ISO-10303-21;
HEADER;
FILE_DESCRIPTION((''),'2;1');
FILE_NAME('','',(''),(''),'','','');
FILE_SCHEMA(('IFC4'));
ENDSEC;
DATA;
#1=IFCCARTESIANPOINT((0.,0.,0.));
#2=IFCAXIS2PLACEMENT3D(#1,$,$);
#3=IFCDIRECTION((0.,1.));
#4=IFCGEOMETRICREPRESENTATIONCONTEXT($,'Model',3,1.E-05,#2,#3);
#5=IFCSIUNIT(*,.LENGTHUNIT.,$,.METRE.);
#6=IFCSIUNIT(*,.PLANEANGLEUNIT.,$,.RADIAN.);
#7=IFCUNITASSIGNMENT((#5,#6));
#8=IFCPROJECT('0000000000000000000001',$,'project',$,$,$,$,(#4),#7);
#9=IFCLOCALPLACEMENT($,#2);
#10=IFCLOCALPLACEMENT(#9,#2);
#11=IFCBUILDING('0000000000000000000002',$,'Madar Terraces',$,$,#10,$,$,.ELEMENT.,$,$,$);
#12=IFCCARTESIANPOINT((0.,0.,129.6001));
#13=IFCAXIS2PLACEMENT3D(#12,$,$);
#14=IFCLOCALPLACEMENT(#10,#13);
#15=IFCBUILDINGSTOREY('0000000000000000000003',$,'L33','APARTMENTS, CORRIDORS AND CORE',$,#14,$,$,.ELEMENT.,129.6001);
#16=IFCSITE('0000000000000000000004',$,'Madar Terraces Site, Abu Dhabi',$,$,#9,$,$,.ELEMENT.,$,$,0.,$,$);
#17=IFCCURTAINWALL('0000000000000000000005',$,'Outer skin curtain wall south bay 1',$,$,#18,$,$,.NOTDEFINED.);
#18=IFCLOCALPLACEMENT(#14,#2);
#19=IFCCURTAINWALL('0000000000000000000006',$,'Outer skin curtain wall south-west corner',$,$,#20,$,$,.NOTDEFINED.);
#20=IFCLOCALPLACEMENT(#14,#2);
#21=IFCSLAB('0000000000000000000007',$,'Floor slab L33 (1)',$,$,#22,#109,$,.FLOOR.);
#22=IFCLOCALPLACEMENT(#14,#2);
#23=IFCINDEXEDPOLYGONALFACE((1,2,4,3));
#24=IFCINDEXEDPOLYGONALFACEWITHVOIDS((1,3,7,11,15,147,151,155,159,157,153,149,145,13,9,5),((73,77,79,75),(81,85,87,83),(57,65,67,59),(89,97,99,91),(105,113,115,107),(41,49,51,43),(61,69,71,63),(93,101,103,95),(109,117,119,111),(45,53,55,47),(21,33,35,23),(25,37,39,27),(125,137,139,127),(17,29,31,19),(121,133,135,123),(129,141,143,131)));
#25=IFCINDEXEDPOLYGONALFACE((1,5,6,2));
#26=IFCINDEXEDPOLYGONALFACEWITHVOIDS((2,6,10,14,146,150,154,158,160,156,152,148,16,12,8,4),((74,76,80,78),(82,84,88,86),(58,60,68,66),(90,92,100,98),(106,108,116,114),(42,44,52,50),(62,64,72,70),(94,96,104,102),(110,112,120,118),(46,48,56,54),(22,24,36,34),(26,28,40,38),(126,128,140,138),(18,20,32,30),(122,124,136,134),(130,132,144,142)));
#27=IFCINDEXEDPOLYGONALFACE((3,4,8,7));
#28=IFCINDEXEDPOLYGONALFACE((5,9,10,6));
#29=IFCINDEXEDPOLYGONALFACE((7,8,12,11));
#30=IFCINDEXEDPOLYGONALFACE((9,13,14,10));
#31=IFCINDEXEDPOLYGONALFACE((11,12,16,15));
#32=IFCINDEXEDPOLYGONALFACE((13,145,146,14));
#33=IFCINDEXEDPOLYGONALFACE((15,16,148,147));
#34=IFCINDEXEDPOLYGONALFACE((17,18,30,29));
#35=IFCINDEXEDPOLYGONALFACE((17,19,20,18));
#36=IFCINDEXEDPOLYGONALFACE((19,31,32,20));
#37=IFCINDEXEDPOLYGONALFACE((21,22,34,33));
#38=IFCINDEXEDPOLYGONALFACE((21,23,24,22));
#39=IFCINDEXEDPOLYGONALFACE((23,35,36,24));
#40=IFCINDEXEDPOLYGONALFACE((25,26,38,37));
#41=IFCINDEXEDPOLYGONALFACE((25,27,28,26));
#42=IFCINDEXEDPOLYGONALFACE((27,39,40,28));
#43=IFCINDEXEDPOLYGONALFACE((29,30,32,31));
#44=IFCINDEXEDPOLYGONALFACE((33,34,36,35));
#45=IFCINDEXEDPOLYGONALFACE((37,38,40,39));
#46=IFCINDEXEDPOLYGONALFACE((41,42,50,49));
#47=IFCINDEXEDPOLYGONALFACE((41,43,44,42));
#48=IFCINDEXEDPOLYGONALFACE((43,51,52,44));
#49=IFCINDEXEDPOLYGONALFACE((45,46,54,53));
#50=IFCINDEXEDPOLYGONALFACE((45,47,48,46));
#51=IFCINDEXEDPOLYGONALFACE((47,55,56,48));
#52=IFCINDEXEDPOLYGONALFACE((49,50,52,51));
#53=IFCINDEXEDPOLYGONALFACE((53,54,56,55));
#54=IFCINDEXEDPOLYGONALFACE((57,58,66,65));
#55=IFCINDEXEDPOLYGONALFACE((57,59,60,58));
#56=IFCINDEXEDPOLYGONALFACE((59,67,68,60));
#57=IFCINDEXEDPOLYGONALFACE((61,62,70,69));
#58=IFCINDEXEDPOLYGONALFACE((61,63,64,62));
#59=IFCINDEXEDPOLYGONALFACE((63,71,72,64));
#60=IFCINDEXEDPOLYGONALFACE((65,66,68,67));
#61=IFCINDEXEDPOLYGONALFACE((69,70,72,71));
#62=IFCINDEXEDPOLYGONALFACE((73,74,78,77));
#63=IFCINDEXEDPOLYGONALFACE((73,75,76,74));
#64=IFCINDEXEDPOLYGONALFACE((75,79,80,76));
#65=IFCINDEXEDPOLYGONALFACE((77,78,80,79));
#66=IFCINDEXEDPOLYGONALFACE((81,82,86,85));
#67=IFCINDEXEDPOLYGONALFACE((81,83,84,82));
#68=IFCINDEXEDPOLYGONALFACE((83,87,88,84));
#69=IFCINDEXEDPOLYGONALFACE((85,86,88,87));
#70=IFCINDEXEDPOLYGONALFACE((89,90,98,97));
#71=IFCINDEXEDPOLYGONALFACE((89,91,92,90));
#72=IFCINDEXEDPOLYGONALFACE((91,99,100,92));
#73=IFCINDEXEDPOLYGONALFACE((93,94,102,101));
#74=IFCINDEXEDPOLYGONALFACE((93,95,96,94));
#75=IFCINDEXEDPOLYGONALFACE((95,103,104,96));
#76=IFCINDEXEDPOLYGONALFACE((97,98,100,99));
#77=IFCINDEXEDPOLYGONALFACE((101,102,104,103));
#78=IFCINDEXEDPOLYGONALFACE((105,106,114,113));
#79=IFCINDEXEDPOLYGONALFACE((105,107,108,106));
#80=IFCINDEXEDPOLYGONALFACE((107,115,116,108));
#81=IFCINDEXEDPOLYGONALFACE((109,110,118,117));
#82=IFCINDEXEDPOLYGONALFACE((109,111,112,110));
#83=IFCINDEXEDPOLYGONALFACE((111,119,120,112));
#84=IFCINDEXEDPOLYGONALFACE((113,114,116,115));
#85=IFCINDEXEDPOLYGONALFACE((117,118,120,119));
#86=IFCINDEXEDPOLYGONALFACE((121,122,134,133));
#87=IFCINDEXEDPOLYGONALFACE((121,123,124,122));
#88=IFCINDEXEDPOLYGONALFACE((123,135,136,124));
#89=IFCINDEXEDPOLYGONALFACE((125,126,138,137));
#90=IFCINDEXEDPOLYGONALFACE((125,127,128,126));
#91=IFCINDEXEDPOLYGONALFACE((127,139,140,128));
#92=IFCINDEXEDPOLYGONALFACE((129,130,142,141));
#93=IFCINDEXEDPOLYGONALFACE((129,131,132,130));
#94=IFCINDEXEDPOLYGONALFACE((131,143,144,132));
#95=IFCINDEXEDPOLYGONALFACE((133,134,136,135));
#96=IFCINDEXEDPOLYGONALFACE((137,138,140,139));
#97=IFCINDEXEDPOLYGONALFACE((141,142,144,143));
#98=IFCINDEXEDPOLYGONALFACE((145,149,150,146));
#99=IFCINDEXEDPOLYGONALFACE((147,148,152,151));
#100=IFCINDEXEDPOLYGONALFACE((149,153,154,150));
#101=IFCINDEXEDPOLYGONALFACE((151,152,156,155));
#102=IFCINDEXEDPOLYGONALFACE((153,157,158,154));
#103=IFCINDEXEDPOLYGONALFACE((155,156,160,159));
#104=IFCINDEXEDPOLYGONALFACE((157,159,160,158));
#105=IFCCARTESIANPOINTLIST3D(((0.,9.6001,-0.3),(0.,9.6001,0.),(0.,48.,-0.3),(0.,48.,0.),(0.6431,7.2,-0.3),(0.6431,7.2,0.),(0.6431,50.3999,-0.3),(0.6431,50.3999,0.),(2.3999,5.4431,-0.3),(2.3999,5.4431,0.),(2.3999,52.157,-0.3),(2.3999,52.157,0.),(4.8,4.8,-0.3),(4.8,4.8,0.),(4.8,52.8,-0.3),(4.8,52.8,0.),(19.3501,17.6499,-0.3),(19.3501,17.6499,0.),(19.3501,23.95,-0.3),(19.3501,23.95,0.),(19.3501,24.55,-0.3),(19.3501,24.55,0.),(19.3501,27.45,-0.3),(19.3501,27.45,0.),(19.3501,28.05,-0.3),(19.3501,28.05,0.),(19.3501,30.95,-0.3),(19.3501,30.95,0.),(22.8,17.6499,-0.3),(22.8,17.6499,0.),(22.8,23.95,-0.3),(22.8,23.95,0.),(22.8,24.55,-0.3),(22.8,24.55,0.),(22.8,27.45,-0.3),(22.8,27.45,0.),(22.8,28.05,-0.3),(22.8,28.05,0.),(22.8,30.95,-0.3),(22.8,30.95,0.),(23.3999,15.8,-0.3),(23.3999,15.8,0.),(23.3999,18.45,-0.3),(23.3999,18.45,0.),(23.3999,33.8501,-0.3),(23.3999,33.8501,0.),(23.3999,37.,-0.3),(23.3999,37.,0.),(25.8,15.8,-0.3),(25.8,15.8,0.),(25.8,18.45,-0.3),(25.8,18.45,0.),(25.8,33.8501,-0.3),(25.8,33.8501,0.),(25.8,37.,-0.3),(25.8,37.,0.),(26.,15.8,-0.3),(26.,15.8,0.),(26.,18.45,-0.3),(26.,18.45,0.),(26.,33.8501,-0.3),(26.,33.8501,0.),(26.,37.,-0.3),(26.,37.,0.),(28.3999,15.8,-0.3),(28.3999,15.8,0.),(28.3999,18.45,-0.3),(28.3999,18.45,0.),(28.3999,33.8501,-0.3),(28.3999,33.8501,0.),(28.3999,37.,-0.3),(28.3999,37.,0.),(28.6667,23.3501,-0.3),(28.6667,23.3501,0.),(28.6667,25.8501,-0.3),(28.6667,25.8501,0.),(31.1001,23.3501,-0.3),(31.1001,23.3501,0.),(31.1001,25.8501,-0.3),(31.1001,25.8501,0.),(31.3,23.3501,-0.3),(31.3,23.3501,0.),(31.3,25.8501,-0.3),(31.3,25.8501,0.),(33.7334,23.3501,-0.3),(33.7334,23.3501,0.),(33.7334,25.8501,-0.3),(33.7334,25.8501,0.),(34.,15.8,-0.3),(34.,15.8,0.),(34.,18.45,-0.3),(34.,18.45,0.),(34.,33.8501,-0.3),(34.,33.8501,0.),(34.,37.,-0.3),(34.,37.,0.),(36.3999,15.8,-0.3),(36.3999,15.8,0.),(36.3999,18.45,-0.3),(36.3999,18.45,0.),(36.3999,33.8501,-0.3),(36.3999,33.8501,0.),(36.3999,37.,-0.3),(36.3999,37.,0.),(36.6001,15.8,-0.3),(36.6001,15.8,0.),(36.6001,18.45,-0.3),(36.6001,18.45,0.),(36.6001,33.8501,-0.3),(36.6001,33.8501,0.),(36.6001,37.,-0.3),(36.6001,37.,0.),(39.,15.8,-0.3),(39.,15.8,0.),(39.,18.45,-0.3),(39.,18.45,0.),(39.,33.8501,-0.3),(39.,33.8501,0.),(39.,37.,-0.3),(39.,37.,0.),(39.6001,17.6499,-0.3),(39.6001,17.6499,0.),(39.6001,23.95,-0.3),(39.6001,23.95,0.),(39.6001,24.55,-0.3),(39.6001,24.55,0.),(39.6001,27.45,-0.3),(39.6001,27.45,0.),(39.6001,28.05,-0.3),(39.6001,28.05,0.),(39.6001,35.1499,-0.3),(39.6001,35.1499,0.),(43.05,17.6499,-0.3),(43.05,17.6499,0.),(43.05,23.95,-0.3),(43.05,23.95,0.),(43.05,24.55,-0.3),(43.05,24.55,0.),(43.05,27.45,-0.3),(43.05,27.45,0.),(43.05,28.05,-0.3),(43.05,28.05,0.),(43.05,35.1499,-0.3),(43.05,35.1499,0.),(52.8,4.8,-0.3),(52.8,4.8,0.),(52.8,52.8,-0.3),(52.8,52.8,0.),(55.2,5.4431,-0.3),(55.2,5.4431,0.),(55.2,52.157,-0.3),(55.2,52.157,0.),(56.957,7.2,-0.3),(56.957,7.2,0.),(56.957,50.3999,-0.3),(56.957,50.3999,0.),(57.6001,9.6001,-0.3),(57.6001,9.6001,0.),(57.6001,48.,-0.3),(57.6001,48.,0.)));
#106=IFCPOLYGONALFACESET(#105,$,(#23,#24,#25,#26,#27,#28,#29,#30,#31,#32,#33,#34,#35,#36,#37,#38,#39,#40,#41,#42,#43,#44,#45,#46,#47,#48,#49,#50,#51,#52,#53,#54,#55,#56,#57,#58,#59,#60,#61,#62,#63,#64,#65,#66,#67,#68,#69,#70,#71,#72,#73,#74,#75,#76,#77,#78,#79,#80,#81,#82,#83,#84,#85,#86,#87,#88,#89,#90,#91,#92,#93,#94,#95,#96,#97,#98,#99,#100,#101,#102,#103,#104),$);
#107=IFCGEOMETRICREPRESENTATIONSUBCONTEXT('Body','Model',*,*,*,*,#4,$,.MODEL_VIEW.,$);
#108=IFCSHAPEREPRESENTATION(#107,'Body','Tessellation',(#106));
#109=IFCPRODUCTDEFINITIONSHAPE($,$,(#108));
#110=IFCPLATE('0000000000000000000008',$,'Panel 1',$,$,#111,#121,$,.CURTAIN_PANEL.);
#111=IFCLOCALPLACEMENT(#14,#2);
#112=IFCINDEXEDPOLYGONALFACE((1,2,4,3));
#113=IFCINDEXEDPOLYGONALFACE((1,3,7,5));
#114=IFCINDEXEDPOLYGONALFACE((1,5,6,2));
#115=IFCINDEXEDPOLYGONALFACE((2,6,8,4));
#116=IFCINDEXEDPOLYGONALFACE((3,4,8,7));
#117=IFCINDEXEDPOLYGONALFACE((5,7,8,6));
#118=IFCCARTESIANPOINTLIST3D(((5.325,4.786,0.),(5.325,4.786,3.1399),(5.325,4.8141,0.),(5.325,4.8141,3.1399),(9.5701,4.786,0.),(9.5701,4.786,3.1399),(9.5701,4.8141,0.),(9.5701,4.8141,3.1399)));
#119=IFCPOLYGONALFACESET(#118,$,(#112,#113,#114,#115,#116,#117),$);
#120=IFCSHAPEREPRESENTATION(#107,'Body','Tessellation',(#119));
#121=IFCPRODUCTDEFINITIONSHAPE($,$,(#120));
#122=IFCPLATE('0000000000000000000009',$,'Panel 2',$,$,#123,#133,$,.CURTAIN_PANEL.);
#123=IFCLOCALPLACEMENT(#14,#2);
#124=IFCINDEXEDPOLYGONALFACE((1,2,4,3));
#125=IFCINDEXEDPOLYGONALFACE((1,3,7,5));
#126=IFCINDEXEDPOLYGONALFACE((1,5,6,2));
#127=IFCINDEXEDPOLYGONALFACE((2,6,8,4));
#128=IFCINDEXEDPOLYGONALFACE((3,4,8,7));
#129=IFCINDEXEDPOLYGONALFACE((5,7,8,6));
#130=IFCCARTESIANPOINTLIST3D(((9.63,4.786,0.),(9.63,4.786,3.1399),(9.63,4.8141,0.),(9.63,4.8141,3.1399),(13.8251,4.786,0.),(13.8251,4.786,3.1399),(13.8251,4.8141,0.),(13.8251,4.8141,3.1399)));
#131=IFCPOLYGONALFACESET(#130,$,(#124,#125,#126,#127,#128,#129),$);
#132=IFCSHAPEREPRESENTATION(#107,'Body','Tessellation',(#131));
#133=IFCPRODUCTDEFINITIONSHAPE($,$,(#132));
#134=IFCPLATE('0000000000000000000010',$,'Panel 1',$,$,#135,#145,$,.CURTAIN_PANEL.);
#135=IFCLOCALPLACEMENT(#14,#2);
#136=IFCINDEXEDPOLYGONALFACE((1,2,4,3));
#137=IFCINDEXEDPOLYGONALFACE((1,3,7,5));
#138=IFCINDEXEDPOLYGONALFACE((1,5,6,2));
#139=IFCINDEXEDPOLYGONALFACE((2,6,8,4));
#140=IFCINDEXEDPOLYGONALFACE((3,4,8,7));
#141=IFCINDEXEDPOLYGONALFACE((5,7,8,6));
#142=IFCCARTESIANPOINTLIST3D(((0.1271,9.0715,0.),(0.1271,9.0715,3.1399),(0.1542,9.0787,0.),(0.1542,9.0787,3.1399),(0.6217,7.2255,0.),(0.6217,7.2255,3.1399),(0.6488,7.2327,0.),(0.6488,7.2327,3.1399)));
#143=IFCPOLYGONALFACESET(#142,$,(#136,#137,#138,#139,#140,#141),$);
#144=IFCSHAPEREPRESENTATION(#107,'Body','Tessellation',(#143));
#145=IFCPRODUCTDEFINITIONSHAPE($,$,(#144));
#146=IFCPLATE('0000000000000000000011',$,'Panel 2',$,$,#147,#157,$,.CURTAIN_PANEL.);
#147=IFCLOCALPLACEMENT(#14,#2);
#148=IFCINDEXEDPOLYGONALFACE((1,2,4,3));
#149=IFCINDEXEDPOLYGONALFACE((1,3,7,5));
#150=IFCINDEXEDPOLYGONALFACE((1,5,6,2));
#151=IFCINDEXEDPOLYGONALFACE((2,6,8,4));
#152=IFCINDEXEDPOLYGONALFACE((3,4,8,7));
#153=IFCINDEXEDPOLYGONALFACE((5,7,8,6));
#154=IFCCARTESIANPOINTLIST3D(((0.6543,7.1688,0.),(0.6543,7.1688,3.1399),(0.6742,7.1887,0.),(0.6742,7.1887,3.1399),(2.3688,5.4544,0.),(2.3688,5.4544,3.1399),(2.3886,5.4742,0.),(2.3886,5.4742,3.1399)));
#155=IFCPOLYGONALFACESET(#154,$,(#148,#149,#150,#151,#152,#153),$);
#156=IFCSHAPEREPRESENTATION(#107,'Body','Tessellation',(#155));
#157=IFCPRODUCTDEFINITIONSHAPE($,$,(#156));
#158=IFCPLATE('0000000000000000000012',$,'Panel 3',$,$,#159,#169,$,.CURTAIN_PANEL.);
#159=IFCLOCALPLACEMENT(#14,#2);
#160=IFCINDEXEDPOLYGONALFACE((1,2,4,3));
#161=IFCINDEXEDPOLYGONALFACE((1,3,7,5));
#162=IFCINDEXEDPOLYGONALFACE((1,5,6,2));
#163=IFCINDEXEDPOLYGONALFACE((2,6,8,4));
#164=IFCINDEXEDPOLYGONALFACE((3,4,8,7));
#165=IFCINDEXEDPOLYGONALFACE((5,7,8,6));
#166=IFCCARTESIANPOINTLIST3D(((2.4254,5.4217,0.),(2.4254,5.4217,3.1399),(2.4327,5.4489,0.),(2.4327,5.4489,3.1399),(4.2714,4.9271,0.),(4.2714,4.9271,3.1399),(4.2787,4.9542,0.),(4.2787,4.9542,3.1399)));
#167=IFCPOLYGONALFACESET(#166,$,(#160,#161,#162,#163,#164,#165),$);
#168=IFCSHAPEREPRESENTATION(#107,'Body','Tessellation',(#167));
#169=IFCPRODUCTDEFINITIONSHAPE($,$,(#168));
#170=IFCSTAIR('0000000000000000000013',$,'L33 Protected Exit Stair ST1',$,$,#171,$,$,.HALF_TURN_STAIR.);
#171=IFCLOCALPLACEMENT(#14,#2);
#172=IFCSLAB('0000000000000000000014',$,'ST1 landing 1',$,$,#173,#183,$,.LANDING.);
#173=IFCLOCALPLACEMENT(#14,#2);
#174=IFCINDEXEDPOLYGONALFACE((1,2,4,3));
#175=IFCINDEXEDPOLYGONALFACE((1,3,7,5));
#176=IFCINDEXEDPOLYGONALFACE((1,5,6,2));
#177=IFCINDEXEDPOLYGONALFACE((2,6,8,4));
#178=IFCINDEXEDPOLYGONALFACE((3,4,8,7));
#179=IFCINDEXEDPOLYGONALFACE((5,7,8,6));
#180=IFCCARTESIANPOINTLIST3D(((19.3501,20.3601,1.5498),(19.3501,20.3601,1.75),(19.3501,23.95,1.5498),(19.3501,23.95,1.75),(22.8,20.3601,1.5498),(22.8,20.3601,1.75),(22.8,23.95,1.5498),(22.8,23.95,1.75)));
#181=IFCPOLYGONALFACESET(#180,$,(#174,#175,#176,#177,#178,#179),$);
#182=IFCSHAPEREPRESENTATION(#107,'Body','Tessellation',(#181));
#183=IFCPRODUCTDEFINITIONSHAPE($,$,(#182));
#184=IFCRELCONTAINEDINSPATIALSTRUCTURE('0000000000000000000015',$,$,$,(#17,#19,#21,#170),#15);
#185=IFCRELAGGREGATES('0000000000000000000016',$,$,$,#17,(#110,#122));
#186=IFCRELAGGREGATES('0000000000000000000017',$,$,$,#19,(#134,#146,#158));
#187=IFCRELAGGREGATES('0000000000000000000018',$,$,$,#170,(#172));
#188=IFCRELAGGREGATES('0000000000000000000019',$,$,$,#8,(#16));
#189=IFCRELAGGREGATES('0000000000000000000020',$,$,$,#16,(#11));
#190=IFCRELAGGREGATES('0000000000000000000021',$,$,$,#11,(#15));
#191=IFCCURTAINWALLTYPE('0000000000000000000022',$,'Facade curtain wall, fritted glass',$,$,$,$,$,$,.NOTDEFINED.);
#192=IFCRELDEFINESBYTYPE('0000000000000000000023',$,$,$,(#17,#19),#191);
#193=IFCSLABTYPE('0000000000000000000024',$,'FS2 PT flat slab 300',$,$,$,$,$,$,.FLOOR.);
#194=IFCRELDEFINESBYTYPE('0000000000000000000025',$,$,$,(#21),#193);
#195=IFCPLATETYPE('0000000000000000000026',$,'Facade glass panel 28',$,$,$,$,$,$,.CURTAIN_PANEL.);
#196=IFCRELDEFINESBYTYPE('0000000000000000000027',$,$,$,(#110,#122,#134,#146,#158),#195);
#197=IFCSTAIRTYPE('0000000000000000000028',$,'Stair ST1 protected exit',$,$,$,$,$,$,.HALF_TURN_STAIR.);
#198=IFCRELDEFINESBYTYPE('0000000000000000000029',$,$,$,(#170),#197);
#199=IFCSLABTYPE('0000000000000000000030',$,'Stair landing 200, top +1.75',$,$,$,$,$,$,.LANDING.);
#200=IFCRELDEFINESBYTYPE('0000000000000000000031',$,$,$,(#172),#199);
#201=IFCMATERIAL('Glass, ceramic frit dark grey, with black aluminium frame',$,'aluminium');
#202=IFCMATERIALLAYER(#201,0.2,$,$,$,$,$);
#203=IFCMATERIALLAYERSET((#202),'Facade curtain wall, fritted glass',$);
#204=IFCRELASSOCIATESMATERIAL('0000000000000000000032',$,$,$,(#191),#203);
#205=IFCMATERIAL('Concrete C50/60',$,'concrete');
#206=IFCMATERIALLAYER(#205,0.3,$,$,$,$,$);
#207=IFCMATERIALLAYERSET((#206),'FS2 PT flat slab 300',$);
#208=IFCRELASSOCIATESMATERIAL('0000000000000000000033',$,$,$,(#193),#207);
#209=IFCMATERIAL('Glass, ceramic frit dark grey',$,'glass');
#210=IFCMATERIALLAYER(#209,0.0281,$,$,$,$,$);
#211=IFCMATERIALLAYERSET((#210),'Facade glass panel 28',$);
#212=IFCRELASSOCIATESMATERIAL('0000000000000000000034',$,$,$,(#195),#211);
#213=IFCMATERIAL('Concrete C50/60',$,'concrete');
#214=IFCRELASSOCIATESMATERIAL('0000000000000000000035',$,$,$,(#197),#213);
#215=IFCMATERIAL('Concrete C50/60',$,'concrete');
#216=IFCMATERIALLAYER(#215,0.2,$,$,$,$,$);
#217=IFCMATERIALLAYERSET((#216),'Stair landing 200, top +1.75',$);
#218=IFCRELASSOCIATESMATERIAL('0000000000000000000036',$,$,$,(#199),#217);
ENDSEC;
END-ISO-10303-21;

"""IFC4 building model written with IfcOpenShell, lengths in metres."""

from ifc_helpers import new_model, si_unit, direction, frame, origin, origin_2d, place, context, subcontext, project, spatial, polyline, rectangle, outline, extrude, material, layer, layer_set, type_object, element, aggregate, save


model = new_model("IFC4")

# Units and contexts
model_context = context("Model", 3, precision=1e-05, world=origin(), true_north=direction((0.0, 1.0)))
body_context = subcontext(model_context, "Body", "Model", "MODEL_VIEW")
ifc_project = project(units=[si_unit("LENGTHUNIT", "METRE"), si_unit("PLANEANGLEUNIT", "RADIAN")], contexts=[model_context])

# Site, building, storey
site_placement = place(None, origin())
site = spatial("IfcSite", under=ifc_project, at=site_placement, Name="Madar Terraces Site, Abu Dhabi", CompositionType="ELEMENT", RefElevation=0.0)
building_placement = place(site_placement, origin())
building = spatial("IfcBuilding", under=site, at=building_placement, Name="Madar Terraces", CompositionType="ELEMENT")
storey_placement = place(building_placement, frame((0.0, 0.0, 129.6001)))
storey = spatial("IfcBuildingStorey", under=building, at=storey_placement, Name="L33", Description="APARTMENTS, CORRIDORS AND CORE", CompositionType="ELEMENT", Elevation=129.6001)

# Curtain wall
ifc_material_1 = material(Name="Glass, ceramic frit dark grey, with black aluminium frame", Category="aluminium")
ifc_layer_1 = layer(ifc_material_1, 0.2)
ifc_layer_set_1 = layer_set([ifc_layer_1], Name="Facade curtain wall, fritted glass")
curtain_wall_type = type_object("IfcCurtainWallType", Name="Facade curtain wall, fritted glass", PredefinedType="NOTDEFINED", material=ifc_layer_set_1)
curtain_wall_1_placement = place(storey_placement, origin())
curtain_wall_1 = element("IfcCurtainWall", 1, at=curtain_wall_1_placement, inside=storey, type_object=curtain_wall_type, Name="Outer skin curtain wall south bay 1", PredefinedType="NOTDEFINED")

# Curtain wall
curtain_wall_2_placement = place(storey_placement, origin())
curtain_wall_2 = element("IfcCurtainWall", 2, at=curtain_wall_2_placement, inside=storey, type_object=curtain_wall_type, Name="Outer skin curtain wall south-west corner", PredefinedType="NOTDEFINED")

# Slab
ifc_material_2 = material(Name="Concrete C50/60", Category="concrete")
ifc_layer_2 = layer(ifc_material_2, 0.3)
ifc_layer_set_2 = layer_set([ifc_layer_2], Name="FS2 PT flat slab 300")
slab_type_1 = type_object("IfcSlabType", Name="FS2 PT flat slab 300", PredefinedType="FLOOR", material=ifc_layer_set_2)
slab_1_placement = place(storey_placement, frame((0.0, 0.0, -0.3)))
element("IfcSlab", 3, at=slab_1_placement, inside=storey, type_object=slab_type_1, Name="Floor slab L33 (1)", PredefinedType="FLOOR", context=body_context, shape_type="SweptSolid", body=[
    extrude(outline(polyline([(52.8, 4.8), (55.2, 5.4431), (56.957, 7.2), (57.6001, 9.6001), (57.6001, 48.0), (56.957, 50.3999), (55.2, 52.157), (52.8, 52.8), (4.8, 52.8), (2.3999, 52.157), (0.6431, 50.3999), (0.0, 48.0), (0.0, 9.6001), (0.6431, 7.2), (2.3999, 5.4431), (4.8, 4.8), (52.8, 4.8)]), holes=[polyline([(23.3999, 15.8), (23.3999, 18.45), (25.8, 18.45), (25.8, 15.8), (23.3999, 15.8)]), polyline([(26.0, 15.8), (26.0, 18.45), (28.3999, 18.45), (28.3999, 15.8), (26.0, 15.8)]), polyline([(19.3501, 17.6499), (19.3501, 23.95), (22.8, 23.95), (22.8, 17.6499), (19.3501, 17.6499)]), polyline([(28.6667, 23.3501), (28.6667, 25.8501), (31.1001, 25.8501), (31.1001, 23.3501), (28.6667, 23.3501)]), polyline([(19.3501, 24.55), (19.3501, 27.45), (22.8, 27.45), (22.8, 24.55), (19.3501, 24.55)]), polyline([(19.3501, 28.05), (19.3501, 30.95), (22.8, 30.95), (22.8, 28.05), (19.3501, 28.05)]), polyline([(23.3999, 33.8501), (23.3999, 37.0), (25.8, 37.0), (25.8, 33.8501), (23.3999, 33.8501)]), polyline([(26.0, 33.8501), (26.0, 37.0), (28.3999, 37.0), (28.3999, 33.8501), (26.0, 33.8501)]), polyline([(34.0, 15.8), (34.0, 18.45), (36.3999, 18.45), (36.3999, 15.8), (34.0, 15.8)]), polyline([(36.6001, 15.8), (36.6001, 18.45), (39.0, 18.45), (39.0, 15.8), (36.6001, 15.8)]), polyline([(39.6001, 17.6499), (39.6001, 23.95), (43.05, 23.95), (43.05, 17.6499), (39.6001, 17.6499)]), polyline([(31.3, 23.3501), (31.3, 25.8501), (33.7334, 25.8501), (33.7334, 23.3501), (31.3, 23.3501)]), polyline([(39.6001, 24.55), (39.6001, 27.45), (43.05, 27.45), (43.05, 24.55), (39.6001, 24.55)]), polyline([(39.6001, 28.05), (39.6001, 35.1499), (43.05, 35.1499), (43.05, 28.05), (39.6001, 28.05)]), polyline([(34.0, 33.8501), (34.0, 37.0), (36.3999, 37.0), (36.3999, 33.8501), (34.0, 33.8501)]), polyline([(36.6001, 33.8501), (36.6001, 37.0), (39.0, 37.0), (39.0, 33.8501), (36.6001, 33.8501)])]), origin(), (0.0, 0.0, 1.0), 0.3),
])

# Plates
ifc_material_3 = material(Name="Glass, ceramic frit dark grey", Category="glass")
ifc_layer_3 = layer(ifc_material_3, 0.0281)
ifc_layer_set_3 = layer_set([ifc_layer_3], Name="Facade glass panel 28")
plate_type = type_object("IfcPlateType", Name="Facade glass panel 28", PredefinedType="CURTAIN_PANEL", material=ifc_layer_set_3)
plate_1_placement = place(storey_placement, frame((7.4475, 4.8, 0.0), z_axis=(0.0, 0.0, 1.0), x_axis=(1.0, 0.0, 0.0)))
plate_1 = element("IfcPlate", 4, at=plate_1_placement, type_object=plate_type, Name="Panel 1", PredefinedType="CURTAIN_PANEL", context=body_context, shape_type="SweptSolid", body=[
    extrude(rectangle(XDim=4.2451, YDim=0.0281, at=origin_2d()), origin(), (0.0, 0.0, 1.0), 3.1399),
])
plate_2_placement = place(storey_placement, frame((11.7275, 4.8, 0.0), z_axis=(0.0, 0.0, 1.0), x_axis=(1.0, 0.0, 0.0)))
plate_2 = element("IfcPlate", 5, at=plate_2_placement, type_object=plate_type, Name="Panel 2", PredefinedType="CURTAIN_PANEL", context=body_context, shape_type="SweptSolid", body=[
    extrude(rectangle(XDim=4.1951, YDim=0.0281, at=origin_2d()), origin(), (0.0, 0.0, 1.0), 3.1399),
])
aggregate(curtain_wall_1, [plate_1, plate_2])
plate_3_placement = place(storey_placement, frame((0.3879, 8.1521, 0.0), z_axis=(0.0, 0.0, 1.0), x_axis=(0.258819, -0.965926, 0.0)))
plate_3 = element("IfcPlate", 6, at=plate_3_placement, type_object=plate_type, Name="Panel 1", PredefinedType="CURTAIN_PANEL", context=body_context, shape_type="SweptSolid", body=[
    extrude(rectangle(XDim=1.9111, YDim=0.0281, at=origin_2d()), origin(), (0.0, 0.0, 1.0), 3.1399),
])
plate_4_placement = place(storey_placement, frame((1.5215, 6.3215, 0.0), z_axis=(0.0, 0.0, 1.0), x_axis=(0.707107, -0.707107, 0.0)))
plate_4 = element("IfcPlate", 7, at=plate_4_placement, type_object=plate_type, Name="Panel 2", PredefinedType="CURTAIN_PANEL", context=body_context, shape_type="SweptSolid", body=[
    extrude(rectangle(XDim=2.4246, YDim=0.0281, at=origin_2d()), origin(), (0.0, 0.0, 1.0), 3.1399),
])
plate_5_placement = place(storey_placement, frame((3.3521, 5.188, 0.0), z_axis=(0.0, 0.0, 1.0), x_axis=(0.965926, -0.258819, 0.0)))
plate_5 = element("IfcPlate", 8, at=plate_5_placement, type_object=plate_type, Name="Panel 3", PredefinedType="CURTAIN_PANEL", context=body_context, shape_type="SweptSolid", body=[
    extrude(rectangle(XDim=1.9111, YDim=0.0281, at=origin_2d()), origin(), (0.0, 0.0, 1.0), 3.1399),
])
aggregate(curtain_wall_2, [plate_3, plate_4, plate_5])

# Stair, slab
ifc_material_4 = material(Name="Concrete C50/60", Category="concrete")
stair_type_1 = type_object("IfcStairType", Name="Stair ST1 protected exit", PredefinedType="HALF_TURN_STAIR", material=ifc_material_4)
stair_1_placement = place(storey_placement, origin())
stair_1 = element("IfcStair", 9, at=stair_1_placement, inside=storey, type_object=stair_type_1, Name="L33 Protected Exit Stair ST1", PredefinedType="HALF_TURN_STAIR")
ifc_material_5 = material(Name="Concrete C50/60", Category="concrete")
ifc_layer_4 = layer(ifc_material_5, 0.2)
ifc_layer_set_4 = layer_set([ifc_layer_4], Name="Stair landing 200, top +1.75")
slab_type_2 = type_object("IfcSlabType", Name="Stair landing 200, top +1.75", PredefinedType="LANDING", material=ifc_layer_set_4)
slab_2_placement = place(storey_placement, frame((0.0, 0.0, 1.5498)))
slab_2 = element("IfcSlab", 10, at=slab_2_placement, type_object=slab_type_2, Name="ST1 landing 1", PredefinedType="LANDING", context=body_context, shape_type="SweptSolid", body=[
    extrude(outline(polyline([(19.3501, 20.3601), (22.8, 20.3601), (22.8, 23.95), (19.3501, 23.95), (19.3501, 20.3601)])), origin(), (0.0, 0.0, 1.0), 0.2002),
])
aggregate(stair_1, [slab_2])

save(model, "model.ifc")
